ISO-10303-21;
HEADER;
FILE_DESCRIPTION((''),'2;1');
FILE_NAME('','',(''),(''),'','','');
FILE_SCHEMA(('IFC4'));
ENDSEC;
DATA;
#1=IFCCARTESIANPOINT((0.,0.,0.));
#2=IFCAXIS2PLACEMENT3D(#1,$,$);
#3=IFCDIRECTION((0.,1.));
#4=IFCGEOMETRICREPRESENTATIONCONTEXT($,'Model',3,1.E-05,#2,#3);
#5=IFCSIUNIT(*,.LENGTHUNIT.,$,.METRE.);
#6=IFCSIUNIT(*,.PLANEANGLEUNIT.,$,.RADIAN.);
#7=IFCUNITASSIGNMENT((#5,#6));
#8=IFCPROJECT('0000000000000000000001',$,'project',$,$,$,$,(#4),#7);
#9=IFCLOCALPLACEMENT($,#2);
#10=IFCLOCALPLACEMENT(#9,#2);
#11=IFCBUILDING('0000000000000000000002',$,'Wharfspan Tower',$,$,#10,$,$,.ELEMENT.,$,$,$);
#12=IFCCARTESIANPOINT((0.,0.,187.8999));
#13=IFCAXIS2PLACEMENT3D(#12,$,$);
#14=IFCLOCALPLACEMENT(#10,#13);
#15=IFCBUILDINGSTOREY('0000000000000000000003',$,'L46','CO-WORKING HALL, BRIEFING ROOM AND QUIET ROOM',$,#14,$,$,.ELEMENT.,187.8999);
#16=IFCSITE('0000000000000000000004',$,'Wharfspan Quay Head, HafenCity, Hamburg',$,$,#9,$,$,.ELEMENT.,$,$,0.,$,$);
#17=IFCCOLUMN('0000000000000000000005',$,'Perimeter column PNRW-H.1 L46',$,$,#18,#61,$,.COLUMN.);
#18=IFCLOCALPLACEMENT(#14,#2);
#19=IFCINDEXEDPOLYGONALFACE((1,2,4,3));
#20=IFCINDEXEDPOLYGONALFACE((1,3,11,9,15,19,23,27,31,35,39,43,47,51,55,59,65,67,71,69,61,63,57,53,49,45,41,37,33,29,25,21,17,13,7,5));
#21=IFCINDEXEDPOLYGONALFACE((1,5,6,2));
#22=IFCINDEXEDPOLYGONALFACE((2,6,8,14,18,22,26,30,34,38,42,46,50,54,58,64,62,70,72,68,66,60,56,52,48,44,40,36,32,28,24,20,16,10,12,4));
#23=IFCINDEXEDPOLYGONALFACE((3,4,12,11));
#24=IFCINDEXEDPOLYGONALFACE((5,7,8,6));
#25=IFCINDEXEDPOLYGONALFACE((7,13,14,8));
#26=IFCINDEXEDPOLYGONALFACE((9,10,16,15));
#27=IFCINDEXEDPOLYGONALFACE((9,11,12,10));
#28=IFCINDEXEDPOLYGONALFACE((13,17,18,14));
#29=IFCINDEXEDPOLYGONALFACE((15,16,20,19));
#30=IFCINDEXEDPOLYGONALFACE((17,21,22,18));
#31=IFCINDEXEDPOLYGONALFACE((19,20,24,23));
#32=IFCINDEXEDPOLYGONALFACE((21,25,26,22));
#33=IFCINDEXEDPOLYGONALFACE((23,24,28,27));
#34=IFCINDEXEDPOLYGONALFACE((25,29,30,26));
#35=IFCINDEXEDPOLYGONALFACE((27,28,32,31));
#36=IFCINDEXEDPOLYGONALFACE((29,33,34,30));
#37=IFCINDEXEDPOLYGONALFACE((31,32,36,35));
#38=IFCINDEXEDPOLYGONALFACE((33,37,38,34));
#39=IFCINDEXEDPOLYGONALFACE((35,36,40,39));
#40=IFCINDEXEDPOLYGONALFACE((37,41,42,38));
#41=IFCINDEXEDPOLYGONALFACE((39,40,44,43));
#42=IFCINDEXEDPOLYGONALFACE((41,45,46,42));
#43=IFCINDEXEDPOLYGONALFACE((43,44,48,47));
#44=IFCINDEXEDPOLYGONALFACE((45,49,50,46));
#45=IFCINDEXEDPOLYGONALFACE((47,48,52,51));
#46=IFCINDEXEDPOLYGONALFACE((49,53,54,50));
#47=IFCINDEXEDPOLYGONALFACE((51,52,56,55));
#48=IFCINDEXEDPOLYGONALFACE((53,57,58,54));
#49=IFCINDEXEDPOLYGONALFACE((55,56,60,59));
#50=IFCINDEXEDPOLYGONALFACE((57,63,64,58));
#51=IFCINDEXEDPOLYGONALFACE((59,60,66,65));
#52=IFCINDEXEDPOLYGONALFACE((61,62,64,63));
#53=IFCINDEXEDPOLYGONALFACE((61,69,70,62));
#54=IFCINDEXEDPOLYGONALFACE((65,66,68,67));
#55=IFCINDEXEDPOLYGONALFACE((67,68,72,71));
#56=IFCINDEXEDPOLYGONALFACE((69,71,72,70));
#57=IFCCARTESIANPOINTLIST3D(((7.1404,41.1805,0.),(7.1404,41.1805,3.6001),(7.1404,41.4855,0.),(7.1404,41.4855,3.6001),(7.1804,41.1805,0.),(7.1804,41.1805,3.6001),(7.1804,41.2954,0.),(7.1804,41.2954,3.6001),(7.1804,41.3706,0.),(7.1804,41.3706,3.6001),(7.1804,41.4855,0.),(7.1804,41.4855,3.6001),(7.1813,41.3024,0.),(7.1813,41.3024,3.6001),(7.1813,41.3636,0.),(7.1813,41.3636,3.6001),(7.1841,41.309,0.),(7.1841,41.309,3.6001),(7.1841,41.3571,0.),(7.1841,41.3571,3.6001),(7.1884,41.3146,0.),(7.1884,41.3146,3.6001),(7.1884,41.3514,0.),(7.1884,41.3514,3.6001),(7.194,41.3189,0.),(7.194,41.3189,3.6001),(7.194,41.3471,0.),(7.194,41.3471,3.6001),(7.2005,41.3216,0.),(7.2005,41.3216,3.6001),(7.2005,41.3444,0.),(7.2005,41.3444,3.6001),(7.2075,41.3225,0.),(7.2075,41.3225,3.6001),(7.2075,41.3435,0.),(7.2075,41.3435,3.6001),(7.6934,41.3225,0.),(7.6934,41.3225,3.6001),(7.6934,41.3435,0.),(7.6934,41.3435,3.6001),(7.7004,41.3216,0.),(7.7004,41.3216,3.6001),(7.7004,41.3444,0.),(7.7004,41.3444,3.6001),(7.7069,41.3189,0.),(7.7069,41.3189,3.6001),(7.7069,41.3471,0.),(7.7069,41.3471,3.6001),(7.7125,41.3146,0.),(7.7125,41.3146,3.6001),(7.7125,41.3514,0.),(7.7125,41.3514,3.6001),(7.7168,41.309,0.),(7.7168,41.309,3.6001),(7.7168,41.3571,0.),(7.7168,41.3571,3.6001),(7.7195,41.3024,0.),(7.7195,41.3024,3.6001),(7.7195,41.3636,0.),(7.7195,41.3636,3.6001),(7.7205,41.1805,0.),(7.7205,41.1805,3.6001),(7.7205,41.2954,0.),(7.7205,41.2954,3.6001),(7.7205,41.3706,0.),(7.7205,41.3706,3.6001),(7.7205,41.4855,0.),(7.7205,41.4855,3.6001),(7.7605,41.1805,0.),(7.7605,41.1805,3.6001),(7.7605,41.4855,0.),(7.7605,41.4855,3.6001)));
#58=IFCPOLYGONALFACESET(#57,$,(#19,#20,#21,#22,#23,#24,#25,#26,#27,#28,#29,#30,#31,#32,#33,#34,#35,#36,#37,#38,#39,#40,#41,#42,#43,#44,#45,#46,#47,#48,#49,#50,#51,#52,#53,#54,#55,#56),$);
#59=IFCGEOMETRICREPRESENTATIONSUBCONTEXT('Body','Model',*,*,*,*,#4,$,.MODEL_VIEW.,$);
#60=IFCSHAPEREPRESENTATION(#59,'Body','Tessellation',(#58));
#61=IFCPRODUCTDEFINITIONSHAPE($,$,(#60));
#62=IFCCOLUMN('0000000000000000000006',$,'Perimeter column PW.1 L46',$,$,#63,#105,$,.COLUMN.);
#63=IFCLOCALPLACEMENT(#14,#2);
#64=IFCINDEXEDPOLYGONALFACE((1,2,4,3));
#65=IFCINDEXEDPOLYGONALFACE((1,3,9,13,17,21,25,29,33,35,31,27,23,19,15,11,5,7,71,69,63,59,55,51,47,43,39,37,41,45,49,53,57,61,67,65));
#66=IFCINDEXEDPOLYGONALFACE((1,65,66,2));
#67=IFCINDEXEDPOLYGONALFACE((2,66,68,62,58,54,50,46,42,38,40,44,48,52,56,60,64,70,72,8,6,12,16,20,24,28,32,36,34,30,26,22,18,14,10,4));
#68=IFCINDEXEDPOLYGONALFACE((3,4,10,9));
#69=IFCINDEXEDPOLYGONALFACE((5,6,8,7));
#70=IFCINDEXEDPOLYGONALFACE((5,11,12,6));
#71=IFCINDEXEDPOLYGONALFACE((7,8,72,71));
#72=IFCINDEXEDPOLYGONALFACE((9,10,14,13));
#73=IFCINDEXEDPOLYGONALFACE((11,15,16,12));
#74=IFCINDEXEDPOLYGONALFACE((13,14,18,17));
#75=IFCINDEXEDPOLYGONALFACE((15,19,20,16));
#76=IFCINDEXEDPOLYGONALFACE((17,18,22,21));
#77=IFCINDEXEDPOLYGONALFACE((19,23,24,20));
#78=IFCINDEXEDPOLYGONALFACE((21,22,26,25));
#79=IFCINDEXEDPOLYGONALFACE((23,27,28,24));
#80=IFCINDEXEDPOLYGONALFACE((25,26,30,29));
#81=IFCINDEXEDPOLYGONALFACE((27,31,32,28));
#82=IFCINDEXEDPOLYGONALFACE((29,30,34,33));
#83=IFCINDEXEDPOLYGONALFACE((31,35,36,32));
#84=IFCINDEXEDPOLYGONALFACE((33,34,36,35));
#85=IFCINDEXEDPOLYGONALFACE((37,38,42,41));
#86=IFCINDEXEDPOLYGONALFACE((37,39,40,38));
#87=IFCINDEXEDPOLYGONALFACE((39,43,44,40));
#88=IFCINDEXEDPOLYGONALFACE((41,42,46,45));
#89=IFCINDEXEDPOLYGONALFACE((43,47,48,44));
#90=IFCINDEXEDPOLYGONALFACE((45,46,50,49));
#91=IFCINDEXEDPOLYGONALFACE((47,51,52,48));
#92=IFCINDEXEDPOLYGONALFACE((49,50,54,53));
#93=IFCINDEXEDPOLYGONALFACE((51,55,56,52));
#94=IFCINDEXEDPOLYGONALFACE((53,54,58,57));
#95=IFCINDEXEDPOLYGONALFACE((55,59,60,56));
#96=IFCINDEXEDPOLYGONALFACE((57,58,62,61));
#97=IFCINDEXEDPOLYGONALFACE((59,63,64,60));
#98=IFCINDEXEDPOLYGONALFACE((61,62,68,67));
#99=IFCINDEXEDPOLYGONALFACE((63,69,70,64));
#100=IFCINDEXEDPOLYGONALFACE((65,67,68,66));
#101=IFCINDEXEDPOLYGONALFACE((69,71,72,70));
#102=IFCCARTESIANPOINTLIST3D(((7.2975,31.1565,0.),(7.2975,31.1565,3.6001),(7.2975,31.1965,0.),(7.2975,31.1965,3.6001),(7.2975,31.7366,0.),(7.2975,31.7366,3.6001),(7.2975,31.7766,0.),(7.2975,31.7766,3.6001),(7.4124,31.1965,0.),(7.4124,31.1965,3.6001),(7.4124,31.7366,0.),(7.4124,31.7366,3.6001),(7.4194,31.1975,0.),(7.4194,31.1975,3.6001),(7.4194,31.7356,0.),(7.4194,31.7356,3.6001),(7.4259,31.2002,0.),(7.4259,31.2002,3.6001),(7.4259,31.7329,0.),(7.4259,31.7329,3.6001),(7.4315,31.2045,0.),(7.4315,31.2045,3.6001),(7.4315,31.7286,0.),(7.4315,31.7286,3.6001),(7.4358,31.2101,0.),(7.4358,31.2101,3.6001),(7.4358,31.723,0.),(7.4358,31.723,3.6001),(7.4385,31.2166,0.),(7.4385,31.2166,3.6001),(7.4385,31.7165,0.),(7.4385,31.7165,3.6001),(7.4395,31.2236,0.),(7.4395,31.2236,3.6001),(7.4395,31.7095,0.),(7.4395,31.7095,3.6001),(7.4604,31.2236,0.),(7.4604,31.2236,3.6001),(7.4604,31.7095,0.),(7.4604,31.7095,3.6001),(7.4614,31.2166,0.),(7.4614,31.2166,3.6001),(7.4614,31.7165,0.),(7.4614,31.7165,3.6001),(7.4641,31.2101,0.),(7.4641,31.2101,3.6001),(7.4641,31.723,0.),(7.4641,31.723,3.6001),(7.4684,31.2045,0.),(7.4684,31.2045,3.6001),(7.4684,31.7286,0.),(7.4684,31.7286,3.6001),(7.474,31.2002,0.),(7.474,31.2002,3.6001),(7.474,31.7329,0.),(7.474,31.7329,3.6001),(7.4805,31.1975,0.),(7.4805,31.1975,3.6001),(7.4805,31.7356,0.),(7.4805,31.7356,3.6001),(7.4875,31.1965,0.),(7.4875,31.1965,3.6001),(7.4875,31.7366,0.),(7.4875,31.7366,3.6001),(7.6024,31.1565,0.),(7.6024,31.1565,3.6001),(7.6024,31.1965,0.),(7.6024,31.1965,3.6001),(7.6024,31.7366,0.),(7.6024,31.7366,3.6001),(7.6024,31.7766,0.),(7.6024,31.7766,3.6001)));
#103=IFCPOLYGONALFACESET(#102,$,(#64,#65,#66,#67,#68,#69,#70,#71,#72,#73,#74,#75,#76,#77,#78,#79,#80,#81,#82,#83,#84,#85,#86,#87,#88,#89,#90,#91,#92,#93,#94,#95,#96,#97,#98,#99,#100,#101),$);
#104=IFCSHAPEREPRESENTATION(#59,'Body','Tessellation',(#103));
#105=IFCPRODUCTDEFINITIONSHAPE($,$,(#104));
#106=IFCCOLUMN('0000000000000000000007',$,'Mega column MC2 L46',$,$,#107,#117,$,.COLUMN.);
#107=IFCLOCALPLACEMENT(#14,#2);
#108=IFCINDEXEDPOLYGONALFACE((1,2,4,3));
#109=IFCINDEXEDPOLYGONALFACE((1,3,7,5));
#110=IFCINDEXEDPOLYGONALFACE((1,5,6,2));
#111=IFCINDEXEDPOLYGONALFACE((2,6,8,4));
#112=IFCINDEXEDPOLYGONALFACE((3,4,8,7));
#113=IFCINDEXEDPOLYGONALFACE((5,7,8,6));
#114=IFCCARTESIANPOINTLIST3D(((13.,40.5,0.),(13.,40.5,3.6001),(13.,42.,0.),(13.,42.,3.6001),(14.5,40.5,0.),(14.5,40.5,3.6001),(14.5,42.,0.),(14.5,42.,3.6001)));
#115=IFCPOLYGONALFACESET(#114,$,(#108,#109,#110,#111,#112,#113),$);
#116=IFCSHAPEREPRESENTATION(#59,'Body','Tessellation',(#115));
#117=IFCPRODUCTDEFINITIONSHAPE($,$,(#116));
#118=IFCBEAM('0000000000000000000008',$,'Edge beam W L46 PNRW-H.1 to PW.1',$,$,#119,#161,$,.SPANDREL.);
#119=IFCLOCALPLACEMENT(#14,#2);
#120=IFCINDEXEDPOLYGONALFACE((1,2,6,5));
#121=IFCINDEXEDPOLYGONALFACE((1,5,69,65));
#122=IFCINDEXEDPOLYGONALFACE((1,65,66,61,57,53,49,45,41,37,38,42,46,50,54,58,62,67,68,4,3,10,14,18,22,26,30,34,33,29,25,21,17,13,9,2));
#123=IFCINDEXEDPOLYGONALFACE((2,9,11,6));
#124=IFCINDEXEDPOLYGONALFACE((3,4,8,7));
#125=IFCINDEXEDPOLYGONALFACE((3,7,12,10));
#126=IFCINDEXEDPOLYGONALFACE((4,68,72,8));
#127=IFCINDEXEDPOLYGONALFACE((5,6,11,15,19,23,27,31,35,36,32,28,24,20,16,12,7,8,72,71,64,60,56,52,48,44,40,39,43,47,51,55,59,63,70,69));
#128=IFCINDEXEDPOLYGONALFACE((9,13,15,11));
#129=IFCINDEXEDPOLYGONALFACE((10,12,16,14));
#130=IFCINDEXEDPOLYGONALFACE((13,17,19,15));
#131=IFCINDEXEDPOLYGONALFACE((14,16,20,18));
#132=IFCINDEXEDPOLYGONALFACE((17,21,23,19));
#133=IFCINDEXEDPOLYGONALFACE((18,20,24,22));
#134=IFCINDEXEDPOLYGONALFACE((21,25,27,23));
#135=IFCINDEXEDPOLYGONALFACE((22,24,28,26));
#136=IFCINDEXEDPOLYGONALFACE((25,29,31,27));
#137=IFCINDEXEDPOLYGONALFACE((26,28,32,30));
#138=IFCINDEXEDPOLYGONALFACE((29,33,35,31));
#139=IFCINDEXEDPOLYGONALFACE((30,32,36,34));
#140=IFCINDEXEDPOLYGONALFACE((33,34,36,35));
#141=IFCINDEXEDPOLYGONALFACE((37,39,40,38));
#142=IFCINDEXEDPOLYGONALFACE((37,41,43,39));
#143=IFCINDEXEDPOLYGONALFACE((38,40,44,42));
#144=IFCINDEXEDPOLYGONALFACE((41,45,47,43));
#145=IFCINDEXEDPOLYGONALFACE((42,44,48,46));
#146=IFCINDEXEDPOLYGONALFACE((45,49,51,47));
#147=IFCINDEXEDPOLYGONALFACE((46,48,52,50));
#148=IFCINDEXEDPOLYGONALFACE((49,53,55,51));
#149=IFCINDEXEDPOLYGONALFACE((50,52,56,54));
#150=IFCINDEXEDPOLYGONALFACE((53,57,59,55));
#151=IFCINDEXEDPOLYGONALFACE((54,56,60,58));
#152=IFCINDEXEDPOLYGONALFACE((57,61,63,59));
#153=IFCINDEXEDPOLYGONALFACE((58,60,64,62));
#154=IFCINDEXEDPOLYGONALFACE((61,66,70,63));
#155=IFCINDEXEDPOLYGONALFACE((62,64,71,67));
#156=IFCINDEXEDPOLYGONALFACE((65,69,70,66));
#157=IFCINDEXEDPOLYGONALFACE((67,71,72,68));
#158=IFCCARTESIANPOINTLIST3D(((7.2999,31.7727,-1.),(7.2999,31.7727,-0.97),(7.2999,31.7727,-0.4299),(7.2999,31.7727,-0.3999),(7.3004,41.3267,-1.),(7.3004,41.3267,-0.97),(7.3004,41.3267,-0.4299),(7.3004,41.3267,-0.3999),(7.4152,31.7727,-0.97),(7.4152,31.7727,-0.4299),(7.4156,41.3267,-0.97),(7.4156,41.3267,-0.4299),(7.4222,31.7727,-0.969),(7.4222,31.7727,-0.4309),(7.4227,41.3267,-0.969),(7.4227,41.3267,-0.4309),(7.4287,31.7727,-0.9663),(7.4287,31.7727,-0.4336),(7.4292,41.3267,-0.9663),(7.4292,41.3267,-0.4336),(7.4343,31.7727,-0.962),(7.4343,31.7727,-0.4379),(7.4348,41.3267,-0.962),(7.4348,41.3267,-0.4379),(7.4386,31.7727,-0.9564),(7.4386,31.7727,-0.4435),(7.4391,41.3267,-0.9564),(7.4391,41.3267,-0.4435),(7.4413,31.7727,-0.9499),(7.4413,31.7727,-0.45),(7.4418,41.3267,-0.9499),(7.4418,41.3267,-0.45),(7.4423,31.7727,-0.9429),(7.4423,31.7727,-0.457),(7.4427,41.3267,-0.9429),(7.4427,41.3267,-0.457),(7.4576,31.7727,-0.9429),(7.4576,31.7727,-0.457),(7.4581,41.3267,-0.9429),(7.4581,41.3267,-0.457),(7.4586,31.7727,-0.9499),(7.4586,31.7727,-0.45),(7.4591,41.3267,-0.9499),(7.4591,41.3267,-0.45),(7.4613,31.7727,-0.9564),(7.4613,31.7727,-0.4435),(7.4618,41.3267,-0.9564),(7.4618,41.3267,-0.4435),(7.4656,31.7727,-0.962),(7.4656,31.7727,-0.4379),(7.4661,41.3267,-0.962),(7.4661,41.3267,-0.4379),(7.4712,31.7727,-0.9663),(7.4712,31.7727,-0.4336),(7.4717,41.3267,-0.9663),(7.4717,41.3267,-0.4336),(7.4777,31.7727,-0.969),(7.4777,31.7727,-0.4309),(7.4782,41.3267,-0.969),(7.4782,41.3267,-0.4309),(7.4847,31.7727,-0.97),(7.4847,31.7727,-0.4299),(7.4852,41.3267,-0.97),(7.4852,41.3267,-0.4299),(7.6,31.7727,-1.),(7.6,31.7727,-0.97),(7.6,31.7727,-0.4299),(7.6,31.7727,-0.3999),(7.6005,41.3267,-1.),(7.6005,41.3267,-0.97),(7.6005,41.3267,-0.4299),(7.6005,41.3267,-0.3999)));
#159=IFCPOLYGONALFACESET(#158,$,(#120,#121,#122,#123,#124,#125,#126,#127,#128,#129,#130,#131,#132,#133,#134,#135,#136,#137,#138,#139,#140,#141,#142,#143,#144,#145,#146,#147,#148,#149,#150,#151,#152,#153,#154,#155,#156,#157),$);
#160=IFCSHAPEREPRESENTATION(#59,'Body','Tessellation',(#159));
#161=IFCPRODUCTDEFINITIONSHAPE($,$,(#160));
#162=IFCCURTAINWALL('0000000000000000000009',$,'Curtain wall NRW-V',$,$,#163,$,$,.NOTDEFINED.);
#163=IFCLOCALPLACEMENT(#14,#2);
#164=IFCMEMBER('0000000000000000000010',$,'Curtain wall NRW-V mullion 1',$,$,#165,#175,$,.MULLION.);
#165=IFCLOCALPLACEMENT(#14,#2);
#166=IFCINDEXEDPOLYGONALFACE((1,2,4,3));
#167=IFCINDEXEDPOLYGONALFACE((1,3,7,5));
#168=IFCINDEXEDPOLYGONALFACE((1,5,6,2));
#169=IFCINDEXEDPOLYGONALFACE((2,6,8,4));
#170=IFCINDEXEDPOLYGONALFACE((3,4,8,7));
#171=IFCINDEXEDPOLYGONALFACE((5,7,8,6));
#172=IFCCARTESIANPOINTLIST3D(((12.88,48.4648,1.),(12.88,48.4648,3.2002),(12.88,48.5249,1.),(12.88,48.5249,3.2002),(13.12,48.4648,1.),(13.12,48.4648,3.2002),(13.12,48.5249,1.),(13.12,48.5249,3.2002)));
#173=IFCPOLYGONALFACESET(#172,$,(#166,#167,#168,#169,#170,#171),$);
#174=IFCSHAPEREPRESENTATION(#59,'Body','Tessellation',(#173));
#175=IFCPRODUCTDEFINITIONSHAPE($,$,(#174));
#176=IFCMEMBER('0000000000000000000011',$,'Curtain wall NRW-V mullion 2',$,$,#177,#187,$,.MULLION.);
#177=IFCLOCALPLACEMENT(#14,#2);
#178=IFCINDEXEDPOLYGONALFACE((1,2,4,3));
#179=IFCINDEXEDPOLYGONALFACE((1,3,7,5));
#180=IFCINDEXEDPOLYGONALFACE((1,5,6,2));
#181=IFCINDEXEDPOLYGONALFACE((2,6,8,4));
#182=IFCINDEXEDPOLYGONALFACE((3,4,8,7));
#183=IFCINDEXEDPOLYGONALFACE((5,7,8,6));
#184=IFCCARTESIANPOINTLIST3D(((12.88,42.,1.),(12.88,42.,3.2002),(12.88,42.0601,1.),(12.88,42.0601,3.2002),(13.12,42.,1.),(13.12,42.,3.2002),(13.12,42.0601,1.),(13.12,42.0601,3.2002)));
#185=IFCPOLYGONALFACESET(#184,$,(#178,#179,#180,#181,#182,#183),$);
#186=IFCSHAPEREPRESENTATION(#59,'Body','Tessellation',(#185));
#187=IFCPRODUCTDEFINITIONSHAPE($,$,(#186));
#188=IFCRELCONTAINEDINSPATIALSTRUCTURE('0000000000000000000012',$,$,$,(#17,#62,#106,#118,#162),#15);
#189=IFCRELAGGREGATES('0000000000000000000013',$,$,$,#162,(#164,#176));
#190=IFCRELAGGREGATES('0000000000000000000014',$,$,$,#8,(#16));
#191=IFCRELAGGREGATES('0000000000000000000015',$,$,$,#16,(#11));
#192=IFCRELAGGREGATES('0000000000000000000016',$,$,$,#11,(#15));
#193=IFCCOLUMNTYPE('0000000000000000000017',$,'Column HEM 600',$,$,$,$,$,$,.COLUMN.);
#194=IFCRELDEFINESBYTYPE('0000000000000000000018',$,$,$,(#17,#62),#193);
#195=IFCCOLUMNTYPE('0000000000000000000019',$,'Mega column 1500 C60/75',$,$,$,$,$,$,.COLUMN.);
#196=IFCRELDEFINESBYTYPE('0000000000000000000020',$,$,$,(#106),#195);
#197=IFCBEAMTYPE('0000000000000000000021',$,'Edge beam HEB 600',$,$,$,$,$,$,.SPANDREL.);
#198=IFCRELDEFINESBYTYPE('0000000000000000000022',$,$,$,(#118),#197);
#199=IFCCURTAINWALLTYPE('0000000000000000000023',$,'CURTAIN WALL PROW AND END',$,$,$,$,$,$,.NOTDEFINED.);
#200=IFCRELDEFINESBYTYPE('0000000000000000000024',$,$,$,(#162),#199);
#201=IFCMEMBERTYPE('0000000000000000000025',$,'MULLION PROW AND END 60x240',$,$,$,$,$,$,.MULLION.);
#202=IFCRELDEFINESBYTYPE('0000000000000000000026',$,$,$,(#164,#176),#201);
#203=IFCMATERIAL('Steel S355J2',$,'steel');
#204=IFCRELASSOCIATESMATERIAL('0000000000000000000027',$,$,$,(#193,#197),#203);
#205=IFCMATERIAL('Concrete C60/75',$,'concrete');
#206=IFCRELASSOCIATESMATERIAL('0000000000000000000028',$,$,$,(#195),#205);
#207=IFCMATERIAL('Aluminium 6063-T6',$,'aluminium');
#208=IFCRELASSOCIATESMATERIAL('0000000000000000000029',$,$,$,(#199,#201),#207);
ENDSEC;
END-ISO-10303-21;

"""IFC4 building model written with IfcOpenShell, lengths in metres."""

from ifc_helpers import new_model, si_unit, direction, frame, origin, origin_2d, place, context, subcontext, project, spatial, rectangle, i_section, extrude, material, material_profile, profile_set, type_object, element, aggregate, save


model = new_model("IFC4")

# Units and contexts
model_context = context("Model", 3, precision=1e-05, world=origin(), true_north=direction((0.0, 1.0)))
body_context = subcontext(model_context, "Body", "Model", "MODEL_VIEW")
ifc_project = project(units=[si_unit("LENGTHUNIT", "METRE"), si_unit("PLANEANGLEUNIT", "RADIAN")], contexts=[model_context])

# Site, building, storey
site_placement = place(None, origin())
site = spatial("IfcSite", under=ifc_project, at=site_placement, Name="Wharfspan Quay Head, HafenCity, Hamburg", CompositionType="ELEMENT", RefElevation=0.0)
building_placement = place(site_placement, origin())
building = spatial("IfcBuilding", under=site, at=building_placement, Name="Wharfspan Tower", CompositionType="ELEMENT")
storey_placement = place(building_placement, frame((0.0, 0.0, 187.8999)))
storey = spatial("IfcBuildingStorey", under=building, at=storey_placement, Name="L46", Description="CO-WORKING HALL, BRIEFING ROOM AND QUIET ROOM", CompositionType="ELEMENT", Elevation=187.8999)

# Columns
ifc_material_1 = material(Name="Steel S355J2", Category="steel")
ifc_material_profile_1 = material_profile(ifc_material_1, i_section(OverallWidth=0.3049, OverallDepth=0.6201, WebThickness=0.021, FlangeThickness=0.04, FilletRadius=0.0271, at=origin_2d()))
ifc_profile_set_1 = profile_set([ifc_material_profile_1], Name="Steel S355J2")
column_type_1 = type_object("IfcColumnType", Name="Column HEM 600", PredefinedType="COLUMN", material=ifc_profile_set_1)
for number, where, z_axis, x_axis, name in (
    (1, (7.4504, 41.333, 0.0), (0.0, 0.0, 1.0), (0.0, 1.0, 0.0), "Perimeter column PNRW-H.1 L46"),
    (2, (7.45, 31.4666, 0.0), (0.0, 0.0, 1.0), (-1.0, 0.0, 0.0), "Perimeter column PW.1 L46"),
):
    element("IfcColumn", number, at=place(storey_placement, frame(where, z_axis=z_axis, x_axis=x_axis)), inside=storey, type_object=column_type_1, Name=name, PredefinedType="COLUMN", context=body_context, shape_type="SweptSolid", body=[
        extrude(i_section(OverallWidth=0.3049, OverallDepth=0.6201, WebThickness=0.021, FlangeThickness=0.04, FilletRadius=0.0271, at=origin_2d()), origin(), (0.0, 0.0, 1.0), 3.6001),
    ])
ifc_material_2 = material(Name="Concrete C60/75", Category="concrete")
ifc_material_profile_2 = material_profile(ifc_material_2, rectangle(XDim=1.5, YDim=1.5, at=origin_2d()))
ifc_profile_set_2 = profile_set([ifc_material_profile_2], Name="Concrete C60/75")
column_type_2 = type_object("IfcColumnType", Name="Mega column 1500 C60/75", PredefinedType="COLUMN", material=ifc_profile_set_2)
column_placement = place(storey_placement, frame((13.75, 41.25, 0.0), z_axis=(0.0, 0.0, 1.0), x_axis=(1.0, 0.0, 0.0)))
element("IfcColumn", 3, at=column_placement, inside=storey, type_object=column_type_2, Name="Mega column MC2 L46", PredefinedType="COLUMN", context=body_context, shape_type="SweptSolid", body=[
    extrude(rectangle(XDim=1.5, YDim=1.5, at=origin_2d()), origin(), (0.0, 0.0, 1.0), 3.6001),
])

# Beam
ifc_material_profile_3 = material_profile(ifc_material_1, i_section(OverallWidth=0.3, OverallDepth=0.6001, WebThickness=0.0154, FlangeThickness=0.03, FilletRadius=0.0271, at=origin_2d()))
ifc_profile_set_3 = profile_set([ifc_material_profile_3], Name="Steel S355J2")
beam_type = type_object("IfcBeamType", Name="Edge beam HEB 600", PredefinedType="SPANDREL", material=ifc_profile_set_3)
beam_placement = place(storey_placement, frame((7.4504, 41.3267, -0.7), z_axis=(-0.000051, -1.0, 0.0), x_axis=(1.0, -0.000051, 0.0)))
element("IfcBeam", 4, at=beam_placement, inside=storey, type_object=beam_type, Name="Edge beam W L46 PNRW-H.1 to PW.1", PredefinedType="SPANDREL", context=body_context, shape_type="SweptSolid", body=[
    extrude(i_section(OverallWidth=0.3, OverallDepth=0.6001, WebThickness=0.0154, FlangeThickness=0.03, FilletRadius=0.0271, at=origin_2d()), origin(), (0.0, 0.0, 1.0), 9.554),
])

# Curtain wall, members
ifc_material_3 = material(Name="Aluminium 6063-T6", Category="aluminium")
curtain_wall_type = type_object("IfcCurtainWallType", Name="CURTAIN WALL PROW AND END", PredefinedType="NOTDEFINED", material=ifc_material_3)
curtain_wall_1_placement = place(storey_placement, origin())
curtain_wall_1 = element("IfcCurtainWall", 5, at=curtain_wall_1_placement, inside=storey, type_object=curtain_wall_type, Name="Curtain wall NRW-V", PredefinedType="NOTDEFINED")
ifc_material_profile_4 = material_profile(ifc_material_3, rectangle(XDim=0.24, YDim=0.0601, at=origin_2d()))
ifc_profile_set_4 = profile_set([ifc_material_profile_4], Name="Aluminium 6063-T6")
member_type_1 = type_object("IfcMemberType", Name="MULLION PROW AND END 60x240", PredefinedType="MULLION", material=ifc_profile_set_4)
member_1_placement = place(storey_placement, frame((13.0, 48.4949, 1.0), z_axis=(0.0, 0.0, 1.0), x_axis=(1.0, 0.0, 0.0)))
member_1 = element("IfcMember", 6, at=member_1_placement, type_object=member_type_1, Name="Curtain wall NRW-V mullion 1", PredefinedType="MULLION", context=body_context, shape_type="SweptSolid", body=[
    extrude(rectangle(XDim=0.24, YDim=0.0601, at=origin_2d()), origin(), (0.0, 0.0, 1.0), 2.2002),
])
member_2_placement = place(storey_placement, frame((13.0, 42.03, 1.0), z_axis=(0.0, 0.0, 1.0), x_axis=(1.0, 0.0, 0.0)))
member_2 = element("IfcMember", 7, at=member_2_placement, type_object=member_type_1, Name="Curtain wall NRW-V mullion 2", PredefinedType="MULLION", context=body_context, shape_type="SweptSolid", body=[
    extrude(rectangle(XDim=0.24, YDim=0.0601, at=origin_2d()), origin(), (0.0, 0.0, 1.0), 2.2002),
])

aggregate(curtain_wall_1, [member_1, member_2])

save(model, "model.ifc")
